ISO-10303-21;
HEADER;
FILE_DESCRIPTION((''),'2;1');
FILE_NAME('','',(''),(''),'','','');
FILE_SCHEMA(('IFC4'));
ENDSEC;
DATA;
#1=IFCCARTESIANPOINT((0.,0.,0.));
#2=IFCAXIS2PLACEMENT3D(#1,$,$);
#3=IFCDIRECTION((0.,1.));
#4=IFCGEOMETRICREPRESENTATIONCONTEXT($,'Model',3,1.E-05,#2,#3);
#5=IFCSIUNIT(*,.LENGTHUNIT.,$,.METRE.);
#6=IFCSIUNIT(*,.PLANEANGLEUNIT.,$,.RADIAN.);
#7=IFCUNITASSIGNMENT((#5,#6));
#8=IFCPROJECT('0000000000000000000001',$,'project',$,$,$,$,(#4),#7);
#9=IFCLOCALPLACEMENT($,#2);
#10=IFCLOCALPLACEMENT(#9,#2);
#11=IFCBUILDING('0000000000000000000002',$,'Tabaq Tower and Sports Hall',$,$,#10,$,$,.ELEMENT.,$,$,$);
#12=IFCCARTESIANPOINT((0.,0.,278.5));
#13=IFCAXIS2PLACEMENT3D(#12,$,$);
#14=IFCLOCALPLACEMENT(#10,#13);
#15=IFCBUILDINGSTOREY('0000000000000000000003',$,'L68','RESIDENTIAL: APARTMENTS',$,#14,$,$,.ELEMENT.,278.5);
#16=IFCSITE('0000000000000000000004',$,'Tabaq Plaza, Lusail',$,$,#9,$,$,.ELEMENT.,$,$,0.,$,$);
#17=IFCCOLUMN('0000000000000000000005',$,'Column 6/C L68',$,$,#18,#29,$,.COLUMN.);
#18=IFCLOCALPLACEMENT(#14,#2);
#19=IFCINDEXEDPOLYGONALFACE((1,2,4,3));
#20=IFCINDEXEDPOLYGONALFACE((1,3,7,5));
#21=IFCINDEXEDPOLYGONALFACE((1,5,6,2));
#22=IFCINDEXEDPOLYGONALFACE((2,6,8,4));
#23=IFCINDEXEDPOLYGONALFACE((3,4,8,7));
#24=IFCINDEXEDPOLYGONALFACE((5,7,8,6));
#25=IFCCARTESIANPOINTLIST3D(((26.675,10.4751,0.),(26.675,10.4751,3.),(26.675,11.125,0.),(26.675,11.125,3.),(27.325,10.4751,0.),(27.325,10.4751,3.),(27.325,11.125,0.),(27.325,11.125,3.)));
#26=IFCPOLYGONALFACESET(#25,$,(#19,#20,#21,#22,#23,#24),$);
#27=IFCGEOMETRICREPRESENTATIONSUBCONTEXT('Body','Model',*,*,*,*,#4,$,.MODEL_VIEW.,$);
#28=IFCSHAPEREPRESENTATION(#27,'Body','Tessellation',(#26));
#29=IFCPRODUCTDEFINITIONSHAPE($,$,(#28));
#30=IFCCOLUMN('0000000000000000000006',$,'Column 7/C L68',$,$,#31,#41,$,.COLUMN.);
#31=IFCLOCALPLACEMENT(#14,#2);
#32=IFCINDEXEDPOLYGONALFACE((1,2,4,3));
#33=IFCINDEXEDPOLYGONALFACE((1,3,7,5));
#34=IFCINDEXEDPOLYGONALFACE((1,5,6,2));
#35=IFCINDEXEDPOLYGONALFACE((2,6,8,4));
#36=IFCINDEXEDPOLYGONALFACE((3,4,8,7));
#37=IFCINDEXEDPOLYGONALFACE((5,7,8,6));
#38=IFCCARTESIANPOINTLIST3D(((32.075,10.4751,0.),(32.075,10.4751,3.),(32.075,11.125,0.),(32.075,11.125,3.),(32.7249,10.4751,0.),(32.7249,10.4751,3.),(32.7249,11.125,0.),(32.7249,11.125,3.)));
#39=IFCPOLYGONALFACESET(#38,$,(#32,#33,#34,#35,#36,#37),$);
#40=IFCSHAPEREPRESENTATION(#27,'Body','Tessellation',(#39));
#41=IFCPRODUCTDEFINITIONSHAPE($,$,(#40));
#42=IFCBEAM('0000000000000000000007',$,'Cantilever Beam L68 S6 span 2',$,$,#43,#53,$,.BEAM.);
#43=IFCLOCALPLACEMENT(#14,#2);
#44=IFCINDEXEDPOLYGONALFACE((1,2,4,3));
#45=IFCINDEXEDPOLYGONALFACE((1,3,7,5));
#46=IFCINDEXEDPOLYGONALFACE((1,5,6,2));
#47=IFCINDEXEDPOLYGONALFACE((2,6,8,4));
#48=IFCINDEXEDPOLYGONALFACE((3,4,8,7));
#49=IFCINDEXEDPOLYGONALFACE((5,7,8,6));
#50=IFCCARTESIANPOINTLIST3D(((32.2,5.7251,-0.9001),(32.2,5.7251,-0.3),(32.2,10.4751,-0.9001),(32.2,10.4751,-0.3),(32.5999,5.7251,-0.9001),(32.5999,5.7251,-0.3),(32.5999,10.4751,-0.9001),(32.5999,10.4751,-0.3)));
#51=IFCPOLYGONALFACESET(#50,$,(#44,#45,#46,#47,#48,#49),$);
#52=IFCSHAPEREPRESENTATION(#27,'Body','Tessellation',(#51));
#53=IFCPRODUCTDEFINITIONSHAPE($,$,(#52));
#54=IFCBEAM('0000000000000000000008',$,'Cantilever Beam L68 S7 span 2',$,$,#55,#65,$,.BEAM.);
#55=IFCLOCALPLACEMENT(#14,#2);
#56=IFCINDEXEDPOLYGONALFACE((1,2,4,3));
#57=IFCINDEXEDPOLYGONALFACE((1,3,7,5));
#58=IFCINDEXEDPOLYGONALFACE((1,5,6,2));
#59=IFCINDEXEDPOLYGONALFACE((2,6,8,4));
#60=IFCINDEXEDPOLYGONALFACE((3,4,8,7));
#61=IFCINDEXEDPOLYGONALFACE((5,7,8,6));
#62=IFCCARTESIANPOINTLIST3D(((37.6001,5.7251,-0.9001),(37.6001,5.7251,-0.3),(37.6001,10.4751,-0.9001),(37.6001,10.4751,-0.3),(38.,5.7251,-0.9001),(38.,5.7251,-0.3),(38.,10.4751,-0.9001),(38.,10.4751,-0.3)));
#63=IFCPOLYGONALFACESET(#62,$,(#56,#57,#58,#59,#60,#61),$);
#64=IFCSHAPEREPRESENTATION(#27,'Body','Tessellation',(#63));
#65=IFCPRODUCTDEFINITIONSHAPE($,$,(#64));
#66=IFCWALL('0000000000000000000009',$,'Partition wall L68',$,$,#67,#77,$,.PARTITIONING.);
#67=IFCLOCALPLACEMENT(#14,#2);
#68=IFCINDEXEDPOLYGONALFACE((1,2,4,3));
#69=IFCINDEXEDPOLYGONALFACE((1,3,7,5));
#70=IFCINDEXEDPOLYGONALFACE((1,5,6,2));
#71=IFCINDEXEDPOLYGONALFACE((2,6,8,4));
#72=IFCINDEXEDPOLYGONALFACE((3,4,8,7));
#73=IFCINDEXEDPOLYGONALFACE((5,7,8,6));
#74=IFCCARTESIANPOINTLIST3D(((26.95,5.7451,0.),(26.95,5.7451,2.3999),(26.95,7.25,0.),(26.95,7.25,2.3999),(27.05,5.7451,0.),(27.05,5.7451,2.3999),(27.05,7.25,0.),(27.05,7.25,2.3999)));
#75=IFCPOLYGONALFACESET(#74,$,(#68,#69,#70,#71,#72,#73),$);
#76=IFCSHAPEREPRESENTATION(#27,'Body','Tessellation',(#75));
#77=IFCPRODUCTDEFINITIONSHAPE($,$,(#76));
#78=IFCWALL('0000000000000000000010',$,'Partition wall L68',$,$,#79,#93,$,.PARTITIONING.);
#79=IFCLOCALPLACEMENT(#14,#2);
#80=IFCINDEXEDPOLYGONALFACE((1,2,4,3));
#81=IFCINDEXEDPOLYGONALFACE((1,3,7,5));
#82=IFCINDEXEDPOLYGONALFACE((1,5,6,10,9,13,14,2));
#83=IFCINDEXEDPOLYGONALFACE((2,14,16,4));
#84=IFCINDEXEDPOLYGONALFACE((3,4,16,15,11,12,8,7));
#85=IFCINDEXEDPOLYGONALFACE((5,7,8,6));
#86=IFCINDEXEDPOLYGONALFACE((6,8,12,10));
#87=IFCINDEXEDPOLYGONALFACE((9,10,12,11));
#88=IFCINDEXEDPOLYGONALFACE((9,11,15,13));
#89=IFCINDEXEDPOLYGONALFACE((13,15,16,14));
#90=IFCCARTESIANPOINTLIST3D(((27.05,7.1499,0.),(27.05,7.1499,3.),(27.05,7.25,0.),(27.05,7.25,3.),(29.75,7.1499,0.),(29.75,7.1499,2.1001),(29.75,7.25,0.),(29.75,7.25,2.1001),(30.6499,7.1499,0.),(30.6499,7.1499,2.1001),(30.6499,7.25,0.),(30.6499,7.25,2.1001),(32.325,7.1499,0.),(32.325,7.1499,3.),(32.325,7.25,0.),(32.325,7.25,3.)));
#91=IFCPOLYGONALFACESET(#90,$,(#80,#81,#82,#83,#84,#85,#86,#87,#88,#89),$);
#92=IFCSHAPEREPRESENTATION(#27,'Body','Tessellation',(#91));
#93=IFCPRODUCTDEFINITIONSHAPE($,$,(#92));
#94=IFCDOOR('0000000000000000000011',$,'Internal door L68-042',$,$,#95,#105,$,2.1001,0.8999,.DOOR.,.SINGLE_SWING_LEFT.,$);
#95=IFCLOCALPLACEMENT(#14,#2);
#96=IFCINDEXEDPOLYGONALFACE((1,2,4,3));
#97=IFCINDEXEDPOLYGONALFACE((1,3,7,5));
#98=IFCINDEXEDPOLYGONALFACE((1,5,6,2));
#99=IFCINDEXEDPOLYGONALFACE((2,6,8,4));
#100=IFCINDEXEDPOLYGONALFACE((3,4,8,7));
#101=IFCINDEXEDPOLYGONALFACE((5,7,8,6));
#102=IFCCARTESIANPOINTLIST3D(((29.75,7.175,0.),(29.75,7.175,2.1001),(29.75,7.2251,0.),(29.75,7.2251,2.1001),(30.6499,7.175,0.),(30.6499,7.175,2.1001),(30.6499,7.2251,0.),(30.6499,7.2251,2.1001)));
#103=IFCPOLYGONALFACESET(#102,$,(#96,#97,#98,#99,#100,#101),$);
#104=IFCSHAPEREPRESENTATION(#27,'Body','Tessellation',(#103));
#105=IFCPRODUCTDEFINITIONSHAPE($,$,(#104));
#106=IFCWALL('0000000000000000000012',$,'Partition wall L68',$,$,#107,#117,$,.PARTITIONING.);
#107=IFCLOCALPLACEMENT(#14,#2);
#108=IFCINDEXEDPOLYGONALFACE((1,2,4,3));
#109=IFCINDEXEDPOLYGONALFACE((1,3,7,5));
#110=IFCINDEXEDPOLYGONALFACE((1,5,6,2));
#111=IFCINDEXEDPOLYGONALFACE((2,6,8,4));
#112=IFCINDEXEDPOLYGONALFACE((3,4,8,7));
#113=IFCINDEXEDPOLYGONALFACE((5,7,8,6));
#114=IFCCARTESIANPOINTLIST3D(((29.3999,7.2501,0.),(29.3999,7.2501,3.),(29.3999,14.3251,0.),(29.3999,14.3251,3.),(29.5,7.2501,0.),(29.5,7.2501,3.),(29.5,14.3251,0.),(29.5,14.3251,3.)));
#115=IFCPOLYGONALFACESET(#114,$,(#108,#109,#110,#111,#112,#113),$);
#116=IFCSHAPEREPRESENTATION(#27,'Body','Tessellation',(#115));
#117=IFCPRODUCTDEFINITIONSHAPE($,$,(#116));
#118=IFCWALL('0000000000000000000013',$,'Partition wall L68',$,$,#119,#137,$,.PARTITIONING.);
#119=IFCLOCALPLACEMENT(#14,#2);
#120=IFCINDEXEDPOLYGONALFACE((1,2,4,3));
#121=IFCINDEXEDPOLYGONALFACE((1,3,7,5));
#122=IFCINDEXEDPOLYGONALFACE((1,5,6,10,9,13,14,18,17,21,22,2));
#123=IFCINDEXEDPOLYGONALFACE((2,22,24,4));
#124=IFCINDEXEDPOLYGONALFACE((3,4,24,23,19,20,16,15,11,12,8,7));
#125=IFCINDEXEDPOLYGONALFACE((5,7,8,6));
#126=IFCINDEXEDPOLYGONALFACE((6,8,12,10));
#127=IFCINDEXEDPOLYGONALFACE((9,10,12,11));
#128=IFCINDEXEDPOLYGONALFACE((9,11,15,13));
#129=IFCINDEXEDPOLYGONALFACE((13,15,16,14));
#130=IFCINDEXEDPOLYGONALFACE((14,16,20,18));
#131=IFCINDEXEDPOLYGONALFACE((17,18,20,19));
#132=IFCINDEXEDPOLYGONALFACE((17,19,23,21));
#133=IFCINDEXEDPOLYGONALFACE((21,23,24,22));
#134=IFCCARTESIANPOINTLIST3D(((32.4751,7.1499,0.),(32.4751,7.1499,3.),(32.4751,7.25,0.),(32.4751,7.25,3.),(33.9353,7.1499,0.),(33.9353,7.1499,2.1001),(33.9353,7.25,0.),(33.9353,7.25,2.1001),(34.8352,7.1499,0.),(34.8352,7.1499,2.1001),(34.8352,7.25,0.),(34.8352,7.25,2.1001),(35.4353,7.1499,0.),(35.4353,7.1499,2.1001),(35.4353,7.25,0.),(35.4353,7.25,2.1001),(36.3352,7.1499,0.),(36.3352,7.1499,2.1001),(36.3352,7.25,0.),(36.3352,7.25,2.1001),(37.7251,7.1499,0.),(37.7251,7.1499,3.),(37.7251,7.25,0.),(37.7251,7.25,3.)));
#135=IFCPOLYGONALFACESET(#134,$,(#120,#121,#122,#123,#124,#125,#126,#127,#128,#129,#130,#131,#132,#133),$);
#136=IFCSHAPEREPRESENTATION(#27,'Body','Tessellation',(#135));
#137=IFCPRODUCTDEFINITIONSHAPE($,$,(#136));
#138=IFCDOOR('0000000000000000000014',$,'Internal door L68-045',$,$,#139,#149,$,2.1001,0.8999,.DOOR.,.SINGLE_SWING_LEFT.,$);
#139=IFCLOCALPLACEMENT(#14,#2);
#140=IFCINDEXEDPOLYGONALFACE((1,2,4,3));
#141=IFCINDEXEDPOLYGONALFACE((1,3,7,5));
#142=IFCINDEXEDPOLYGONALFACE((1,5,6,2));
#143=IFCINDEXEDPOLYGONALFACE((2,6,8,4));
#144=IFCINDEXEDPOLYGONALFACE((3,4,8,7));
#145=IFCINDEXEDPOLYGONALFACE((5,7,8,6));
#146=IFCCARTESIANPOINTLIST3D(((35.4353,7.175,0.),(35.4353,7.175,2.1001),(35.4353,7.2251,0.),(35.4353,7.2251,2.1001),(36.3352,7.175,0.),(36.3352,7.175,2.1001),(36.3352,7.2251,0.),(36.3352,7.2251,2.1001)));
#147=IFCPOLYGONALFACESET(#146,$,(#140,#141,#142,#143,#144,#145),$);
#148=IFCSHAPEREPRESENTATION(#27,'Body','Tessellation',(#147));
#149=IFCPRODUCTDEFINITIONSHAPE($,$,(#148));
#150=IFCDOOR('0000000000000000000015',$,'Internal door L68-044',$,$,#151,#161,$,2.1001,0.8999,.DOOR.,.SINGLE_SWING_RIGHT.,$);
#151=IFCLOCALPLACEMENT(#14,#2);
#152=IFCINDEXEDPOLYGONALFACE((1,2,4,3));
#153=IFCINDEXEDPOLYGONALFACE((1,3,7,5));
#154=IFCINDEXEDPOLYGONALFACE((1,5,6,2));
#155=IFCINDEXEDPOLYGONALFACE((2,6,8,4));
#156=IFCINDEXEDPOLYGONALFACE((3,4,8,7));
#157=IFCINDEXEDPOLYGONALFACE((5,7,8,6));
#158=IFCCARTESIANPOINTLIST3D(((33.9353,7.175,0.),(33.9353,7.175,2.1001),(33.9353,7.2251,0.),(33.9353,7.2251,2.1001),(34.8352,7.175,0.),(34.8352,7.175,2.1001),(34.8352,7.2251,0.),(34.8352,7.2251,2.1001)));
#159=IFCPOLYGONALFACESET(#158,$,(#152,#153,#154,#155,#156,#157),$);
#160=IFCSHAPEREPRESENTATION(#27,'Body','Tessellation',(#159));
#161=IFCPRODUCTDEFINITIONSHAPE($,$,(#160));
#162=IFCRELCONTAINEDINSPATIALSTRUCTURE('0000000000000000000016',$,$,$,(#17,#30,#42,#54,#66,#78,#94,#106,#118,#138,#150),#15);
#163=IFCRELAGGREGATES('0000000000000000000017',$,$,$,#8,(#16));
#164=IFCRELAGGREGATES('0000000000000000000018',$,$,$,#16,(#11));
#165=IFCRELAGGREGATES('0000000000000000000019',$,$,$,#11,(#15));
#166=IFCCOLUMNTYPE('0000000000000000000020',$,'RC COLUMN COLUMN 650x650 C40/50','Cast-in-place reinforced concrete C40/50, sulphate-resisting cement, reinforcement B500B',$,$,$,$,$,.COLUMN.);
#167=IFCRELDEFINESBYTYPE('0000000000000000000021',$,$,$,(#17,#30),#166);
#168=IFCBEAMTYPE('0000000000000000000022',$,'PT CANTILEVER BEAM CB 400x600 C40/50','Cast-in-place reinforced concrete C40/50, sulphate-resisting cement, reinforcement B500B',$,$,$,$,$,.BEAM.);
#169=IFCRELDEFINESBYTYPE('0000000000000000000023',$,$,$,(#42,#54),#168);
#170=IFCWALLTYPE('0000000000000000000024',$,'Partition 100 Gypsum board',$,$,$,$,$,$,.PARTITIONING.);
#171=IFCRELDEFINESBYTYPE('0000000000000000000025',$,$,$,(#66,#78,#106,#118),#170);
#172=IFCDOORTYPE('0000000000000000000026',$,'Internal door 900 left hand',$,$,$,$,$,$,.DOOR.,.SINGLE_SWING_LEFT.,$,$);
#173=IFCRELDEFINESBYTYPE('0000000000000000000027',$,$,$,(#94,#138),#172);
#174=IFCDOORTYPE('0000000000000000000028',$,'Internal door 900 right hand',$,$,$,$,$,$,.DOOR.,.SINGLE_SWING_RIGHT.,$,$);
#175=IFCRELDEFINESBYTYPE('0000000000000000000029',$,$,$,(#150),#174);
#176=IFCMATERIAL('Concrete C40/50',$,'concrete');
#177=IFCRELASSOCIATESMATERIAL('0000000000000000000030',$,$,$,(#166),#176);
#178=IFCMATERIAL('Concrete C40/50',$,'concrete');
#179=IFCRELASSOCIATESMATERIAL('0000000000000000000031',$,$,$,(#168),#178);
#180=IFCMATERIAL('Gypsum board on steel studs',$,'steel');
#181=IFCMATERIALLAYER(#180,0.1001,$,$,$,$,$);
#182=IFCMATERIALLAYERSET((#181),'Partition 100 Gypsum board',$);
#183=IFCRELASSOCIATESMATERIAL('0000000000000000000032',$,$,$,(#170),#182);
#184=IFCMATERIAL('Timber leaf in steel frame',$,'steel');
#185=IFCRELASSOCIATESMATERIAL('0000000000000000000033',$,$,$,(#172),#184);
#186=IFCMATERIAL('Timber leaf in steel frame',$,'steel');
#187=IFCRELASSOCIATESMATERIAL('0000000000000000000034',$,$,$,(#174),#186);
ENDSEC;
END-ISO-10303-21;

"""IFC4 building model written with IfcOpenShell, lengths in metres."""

from ifc_helpers import new_model, si_unit, direction, frame, frame_2d, origin, origin_2d, place, context, subcontext, project, spatial, rectangle, extrude, material, layer, layer_set, material_profile, profile_set, type_object, element, fill, save


model = new_model("IFC4")

# Units and contexts
model_context = context("Model", 3, precision=1e-05, world=origin(), true_north=direction((0.0, 1.0)))
body_context = subcontext(model_context, "Body", "Model", "MODEL_VIEW")
ifc_project = project(units=[si_unit("LENGTHUNIT", "METRE"), si_unit("PLANEANGLEUNIT", "RADIAN")], contexts=[model_context])

# Site, building, storey
site_placement = place(None, origin())
site = spatial("IfcSite", under=ifc_project, at=site_placement, Name="Tabaq Plaza, Lusail", CompositionType="ELEMENT", RefElevation=0.0)
building_placement = place(site_placement, origin())
building = spatial("IfcBuilding", under=site, at=building_placement, Name="Tabaq Tower and Sports Hall", CompositionType="ELEMENT")
storey_placement = place(building_placement, frame((0.0, 0.0, 278.5)))
storey = spatial("IfcBuildingStorey", under=building, at=storey_placement, Name="L68", Description="RESIDENTIAL: APARTMENTS", CompositionType="ELEMENT", Elevation=278.5)

# Columns
ifc_material_1 = material(Name="Concrete C40/50", Category="concrete")
ifc_material_profile_1 = material_profile(ifc_material_1, rectangle(XDim=0.6499, YDim=0.6499, at=origin_2d()), Name="COLUMN 650x650")
ifc_profile_set_1 = profile_set([ifc_material_profile_1], Name="Concrete C40/50")
column_type = type_object("IfcColumnType", Name="RC COLUMN COLUMN 650x650 C40/50", Description="Cast-in-place reinforced concrete C40/50, sulphate-resisting cement, reinforcement B500B", PredefinedType="COLUMN", material=ifc_profile_set_1)
for number, where, z_axis, x_axis, name in (
    (1, (27.0, 10.8, 0.0), (0.0, 0.0, 1.0), (1.0, 0.0, 0.0), "Column 6/C L68"),
    (2, (32.3999, 10.8, 0.0), (0.0, 0.0, 1.0), (1.0, 0.0, 0.0), "Column 7/C L68"),
):
    element("IfcColumn", number, at=place(storey_placement, frame(where, z_axis=z_axis, x_axis=x_axis)), inside=storey, type_object=column_type, Name=name, PredefinedType="COLUMN", context=body_context, shape_type="SweptSolid", body=[
        extrude(rectangle(XDim=0.6499, YDim=0.6499, at=origin_2d()), origin(), (0.0, 0.0, 1.0), 3.0),
    ])

# Beams
ifc_material_2 = material(Name="Concrete C40/50", Category="concrete")
ifc_material_profile_2 = material_profile(ifc_material_2, rectangle(XDim=0.3999, YDim=0.6001, at=origin_2d()), Name="CB 400x600")
ifc_profile_set_2 = profile_set([ifc_material_profile_2], Name="Concrete C40/50")
beam_type = type_object("IfcBeamType", Name="PT CANTILEVER BEAM CB 400x600 C40/50", Description="Cast-in-place reinforced concrete C40/50, sulphate-resisting cement, reinforcement B500B", PredefinedType="BEAM", material=ifc_profile_set_2)
for number, where, z_axis, x_axis, name in (
    (3, (32.3999, 5.7251, -0.6001), (0.0, 1.0, 0.0), (-1.0, 0.0, 0.0), "Cantilever Beam L68 S6 span 2"),
    (4, (37.8, 5.7251, -0.6001), (0.0, 1.0, 0.0), (-1.0, 0.0, 0.0), "Cantilever Beam L68 S7 span 2"),
):
    element("IfcBeam", number, at=place(storey_placement, frame(where, z_axis=z_axis, x_axis=x_axis)), inside=storey, type_object=beam_type, Name=name, PredefinedType="BEAM", context=body_context, shape_type="SweptSolid", body=[
        extrude(rectangle(XDim=0.3999, YDim=0.6001, at=origin_2d()), origin(), (0.0, 0.0, 1.0), 4.75),
    ])

# Wall
ifc_material_3 = material(Name="Gypsum board on steel studs", Category="steel")
ifc_layer_1 = layer(ifc_material_3, 0.1001)
ifc_layer_set_1 = layer_set([ifc_layer_1], Name="Partition 100 Gypsum board")
wall_type_1 = type_object("IfcWallType", Name="Partition 100 Gypsum board", PredefinedType="PARTITIONING", material=ifc_layer_set_1)
wall_1_placement = place(storey_placement, frame((27.0, 5.7451, 0.0), z_axis=(0.0, 0.0, 1.0), x_axis=(0.0, 1.0, 0.0)))
element("IfcWall", 5, at=wall_1_placement, inside=storey, type_object=wall_type_1, Name="Partition wall L68", PredefinedType="PARTITIONING", context=body_context, shape_type="SweptSolid", body=[
    extrude(rectangle(XDim=1.5049, YDim=0.1001, at=frame_2d((0.7524, 0.0))), origin(), (0.0, 0.0, 1.0), 2.3999),
])

# Wall, opening, door
wall_2_placement = place(storey_placement, frame((32.325, 7.2, 0.0), z_axis=(0.0, 0.0, 1.0), x_axis=(-1.0, 0.0, 0.0)))
wall_2 = element("IfcWall", 6, at=wall_2_placement, inside=storey, type_object=wall_type_1, Name="Partition wall L68", PredefinedType="PARTITIONING", context=body_context, shape_type="SweptSolid", body=[
    extrude(rectangle(XDim=5.2749, YDim=0.1001, at=frame_2d((2.6375, 0.0))), origin(), (0.0, 0.0, 1.0), 3.0),
])
opening_1_placement = place(wall_2_placement, frame((1.675, 0.0, 0.0)))
opening_1 = element("IfcOpeningElement", 7, at=opening_1_placement, cuts=wall_2, PredefinedType="OPENING", context=body_context, shape_type="SweptSolid", body=[
    extrude(rectangle(XDim=0.8999, YDim=2.1001, at=frame_2d((0.45, 1.05))), frame((0.0, 0.05, 0.0), z_axis=(0.0, -1.0, 0.0), x_axis=(1.0, 0.0, 0.0)), (0.0, 0.0, 1.0), 0.1001),
])
ifc_material_4 = material(Name="Timber leaf in steel frame", Category="steel")
door_type_1 = type_object("IfcDoorType", Name="Internal door 900 left hand", OperationType="SINGLE_SWING_LEFT", PredefinedType="DOOR", material=ifc_material_4)
door_1_placement = place(opening_1_placement, origin())
door_1 = element("IfcDoor", 8, at=door_1_placement, inside=storey, type_object=door_type_1, Name="Internal door L68-042", OperationType="SINGLE_SWING_LEFT", OverallHeight=2.1001, OverallWidth=0.8999, PredefinedType="DOOR", context=body_context, shape_type="SweptSolid", body=[
    extrude(rectangle(XDim=0.8999, YDim=2.1001, at=frame_2d((0.45, 1.05))), frame((0.0, 0.0249, 0.0), z_axis=(0.0, -1.0, 0.0), x_axis=(1.0, 0.0, 0.0)), (0.0, 0.0, 1.0), 0.05),
])
fill(opening_1, door_1)

# Wall
wall_3_placement = place(storey_placement, frame((29.45, 7.25, 0.0), z_axis=(0.0, 0.0, 1.0), x_axis=(0.0, 1.0, 0.0)))
element("IfcWall", 9, at=wall_3_placement, inside=storey, type_object=wall_type_1, Name="Partition wall L68", PredefinedType="PARTITIONING", context=body_context, shape_type="SweptSolid", body=[
    extrude(rectangle(XDim=7.075, YDim=0.1001, at=frame_2d((3.5376, 0.0))), origin(), (0.0, 0.0, 1.0), 3.0),
])

# Wall, openings, doors
wall_4_placement = place(storey_placement, frame((37.7251, 7.2, 0.0), z_axis=(0.0, 0.0, 1.0), x_axis=(-1.0, 0.0, 0.0)))
wall_4 = element("IfcWall", 10, at=wall_4_placement, inside=storey, type_object=wall_type_1, Name="Partition wall L68", PredefinedType="PARTITIONING", context=body_context, shape_type="SweptSolid", body=[
    extrude(rectangle(XDim=5.25, YDim=0.1001, at=frame_2d((2.625, 0.0))), origin(), (0.0, 0.0, 1.0), 3.0),
])
opening_2_placement = place(wall_4_placement, frame((2.8899, 0.0, 0.0)))
opening_2 = element("IfcOpeningElement", 11, at=opening_2_placement, cuts=wall_4, PredefinedType="OPENING", context=body_context, shape_type="SweptSolid", body=[
    extrude(rectangle(XDim=0.8999, YDim=2.1001, at=frame_2d((0.45, 1.05))), frame((0.0, 0.05, 0.0), z_axis=(0.0, -1.0, 0.0), x_axis=(1.0, 0.0, 0.0)), (0.0, 0.0, 1.0), 0.1001),
])
opening_3_placement = place(wall_4_placement, frame((1.3899, 0.0, 0.0)))
opening_3 = element("IfcOpeningElement", 12, at=opening_3_placement, cuts=wall_4, PredefinedType="OPENING", context=body_context, shape_type="SweptSolid", body=[
    extrude(rectangle(XDim=0.8999, YDim=2.1001, at=frame_2d((0.45, 1.05))), frame((0.0, 0.05, 0.0), z_axis=(0.0, -1.0, 0.0), x_axis=(1.0, 0.0, 0.0)), (0.0, 0.0, 1.0), 0.1001),
])
door_2_placement = place(opening_3_placement, origin())
door_2 = element("IfcDoor", 13, at=door_2_placement, inside=storey, type_object=door_type_1, Name="Internal door L68-045", OperationType="SINGLE_SWING_LEFT", OverallHeight=2.1001, OverallWidth=0.8999, PredefinedType="DOOR", context=body_context, shape_type="SweptSolid", body=[
    extrude(rectangle(XDim=0.8999, YDim=2.1001, at=frame_2d((0.45, 1.05))), frame((0.0, 0.0249, 0.0), z_axis=(0.0, -1.0, 0.0), x_axis=(1.0, 0.0, 0.0)), (0.0, 0.0, 1.0), 0.05),
])
fill(opening_3, door_2)
ifc_material_5 = material(Name="Timber leaf in steel frame", Category="steel")
door_type_2 = type_object("IfcDoorType", Name="Internal door 900 right hand", OperationType="SINGLE_SWING_RIGHT", PredefinedType="DOOR", material=ifc_material_5)
door_3_placement = place(opening_2_placement, origin())
door_3 = element("IfcDoor", 14, at=door_3_placement, inside=storey, type_object=door_type_2, Name="Internal door L68-044", OperationType="SINGLE_SWING_RIGHT", OverallHeight=2.1001, OverallWidth=0.8999, PredefinedType="DOOR", context=body_context, shape_type="SweptSolid", body=[
    extrude(rectangle(XDim=0.8999, YDim=2.1001, at=frame_2d((0.45, 1.05))), frame((0.0, 0.0249, 0.0), z_axis=(0.0, -1.0, 0.0), x_axis=(1.0, 0.0, 0.0)), (0.0, 0.0, 1.0), 0.05),
])
fill(opening_2, door_3)

save(model, "model.ifc")
